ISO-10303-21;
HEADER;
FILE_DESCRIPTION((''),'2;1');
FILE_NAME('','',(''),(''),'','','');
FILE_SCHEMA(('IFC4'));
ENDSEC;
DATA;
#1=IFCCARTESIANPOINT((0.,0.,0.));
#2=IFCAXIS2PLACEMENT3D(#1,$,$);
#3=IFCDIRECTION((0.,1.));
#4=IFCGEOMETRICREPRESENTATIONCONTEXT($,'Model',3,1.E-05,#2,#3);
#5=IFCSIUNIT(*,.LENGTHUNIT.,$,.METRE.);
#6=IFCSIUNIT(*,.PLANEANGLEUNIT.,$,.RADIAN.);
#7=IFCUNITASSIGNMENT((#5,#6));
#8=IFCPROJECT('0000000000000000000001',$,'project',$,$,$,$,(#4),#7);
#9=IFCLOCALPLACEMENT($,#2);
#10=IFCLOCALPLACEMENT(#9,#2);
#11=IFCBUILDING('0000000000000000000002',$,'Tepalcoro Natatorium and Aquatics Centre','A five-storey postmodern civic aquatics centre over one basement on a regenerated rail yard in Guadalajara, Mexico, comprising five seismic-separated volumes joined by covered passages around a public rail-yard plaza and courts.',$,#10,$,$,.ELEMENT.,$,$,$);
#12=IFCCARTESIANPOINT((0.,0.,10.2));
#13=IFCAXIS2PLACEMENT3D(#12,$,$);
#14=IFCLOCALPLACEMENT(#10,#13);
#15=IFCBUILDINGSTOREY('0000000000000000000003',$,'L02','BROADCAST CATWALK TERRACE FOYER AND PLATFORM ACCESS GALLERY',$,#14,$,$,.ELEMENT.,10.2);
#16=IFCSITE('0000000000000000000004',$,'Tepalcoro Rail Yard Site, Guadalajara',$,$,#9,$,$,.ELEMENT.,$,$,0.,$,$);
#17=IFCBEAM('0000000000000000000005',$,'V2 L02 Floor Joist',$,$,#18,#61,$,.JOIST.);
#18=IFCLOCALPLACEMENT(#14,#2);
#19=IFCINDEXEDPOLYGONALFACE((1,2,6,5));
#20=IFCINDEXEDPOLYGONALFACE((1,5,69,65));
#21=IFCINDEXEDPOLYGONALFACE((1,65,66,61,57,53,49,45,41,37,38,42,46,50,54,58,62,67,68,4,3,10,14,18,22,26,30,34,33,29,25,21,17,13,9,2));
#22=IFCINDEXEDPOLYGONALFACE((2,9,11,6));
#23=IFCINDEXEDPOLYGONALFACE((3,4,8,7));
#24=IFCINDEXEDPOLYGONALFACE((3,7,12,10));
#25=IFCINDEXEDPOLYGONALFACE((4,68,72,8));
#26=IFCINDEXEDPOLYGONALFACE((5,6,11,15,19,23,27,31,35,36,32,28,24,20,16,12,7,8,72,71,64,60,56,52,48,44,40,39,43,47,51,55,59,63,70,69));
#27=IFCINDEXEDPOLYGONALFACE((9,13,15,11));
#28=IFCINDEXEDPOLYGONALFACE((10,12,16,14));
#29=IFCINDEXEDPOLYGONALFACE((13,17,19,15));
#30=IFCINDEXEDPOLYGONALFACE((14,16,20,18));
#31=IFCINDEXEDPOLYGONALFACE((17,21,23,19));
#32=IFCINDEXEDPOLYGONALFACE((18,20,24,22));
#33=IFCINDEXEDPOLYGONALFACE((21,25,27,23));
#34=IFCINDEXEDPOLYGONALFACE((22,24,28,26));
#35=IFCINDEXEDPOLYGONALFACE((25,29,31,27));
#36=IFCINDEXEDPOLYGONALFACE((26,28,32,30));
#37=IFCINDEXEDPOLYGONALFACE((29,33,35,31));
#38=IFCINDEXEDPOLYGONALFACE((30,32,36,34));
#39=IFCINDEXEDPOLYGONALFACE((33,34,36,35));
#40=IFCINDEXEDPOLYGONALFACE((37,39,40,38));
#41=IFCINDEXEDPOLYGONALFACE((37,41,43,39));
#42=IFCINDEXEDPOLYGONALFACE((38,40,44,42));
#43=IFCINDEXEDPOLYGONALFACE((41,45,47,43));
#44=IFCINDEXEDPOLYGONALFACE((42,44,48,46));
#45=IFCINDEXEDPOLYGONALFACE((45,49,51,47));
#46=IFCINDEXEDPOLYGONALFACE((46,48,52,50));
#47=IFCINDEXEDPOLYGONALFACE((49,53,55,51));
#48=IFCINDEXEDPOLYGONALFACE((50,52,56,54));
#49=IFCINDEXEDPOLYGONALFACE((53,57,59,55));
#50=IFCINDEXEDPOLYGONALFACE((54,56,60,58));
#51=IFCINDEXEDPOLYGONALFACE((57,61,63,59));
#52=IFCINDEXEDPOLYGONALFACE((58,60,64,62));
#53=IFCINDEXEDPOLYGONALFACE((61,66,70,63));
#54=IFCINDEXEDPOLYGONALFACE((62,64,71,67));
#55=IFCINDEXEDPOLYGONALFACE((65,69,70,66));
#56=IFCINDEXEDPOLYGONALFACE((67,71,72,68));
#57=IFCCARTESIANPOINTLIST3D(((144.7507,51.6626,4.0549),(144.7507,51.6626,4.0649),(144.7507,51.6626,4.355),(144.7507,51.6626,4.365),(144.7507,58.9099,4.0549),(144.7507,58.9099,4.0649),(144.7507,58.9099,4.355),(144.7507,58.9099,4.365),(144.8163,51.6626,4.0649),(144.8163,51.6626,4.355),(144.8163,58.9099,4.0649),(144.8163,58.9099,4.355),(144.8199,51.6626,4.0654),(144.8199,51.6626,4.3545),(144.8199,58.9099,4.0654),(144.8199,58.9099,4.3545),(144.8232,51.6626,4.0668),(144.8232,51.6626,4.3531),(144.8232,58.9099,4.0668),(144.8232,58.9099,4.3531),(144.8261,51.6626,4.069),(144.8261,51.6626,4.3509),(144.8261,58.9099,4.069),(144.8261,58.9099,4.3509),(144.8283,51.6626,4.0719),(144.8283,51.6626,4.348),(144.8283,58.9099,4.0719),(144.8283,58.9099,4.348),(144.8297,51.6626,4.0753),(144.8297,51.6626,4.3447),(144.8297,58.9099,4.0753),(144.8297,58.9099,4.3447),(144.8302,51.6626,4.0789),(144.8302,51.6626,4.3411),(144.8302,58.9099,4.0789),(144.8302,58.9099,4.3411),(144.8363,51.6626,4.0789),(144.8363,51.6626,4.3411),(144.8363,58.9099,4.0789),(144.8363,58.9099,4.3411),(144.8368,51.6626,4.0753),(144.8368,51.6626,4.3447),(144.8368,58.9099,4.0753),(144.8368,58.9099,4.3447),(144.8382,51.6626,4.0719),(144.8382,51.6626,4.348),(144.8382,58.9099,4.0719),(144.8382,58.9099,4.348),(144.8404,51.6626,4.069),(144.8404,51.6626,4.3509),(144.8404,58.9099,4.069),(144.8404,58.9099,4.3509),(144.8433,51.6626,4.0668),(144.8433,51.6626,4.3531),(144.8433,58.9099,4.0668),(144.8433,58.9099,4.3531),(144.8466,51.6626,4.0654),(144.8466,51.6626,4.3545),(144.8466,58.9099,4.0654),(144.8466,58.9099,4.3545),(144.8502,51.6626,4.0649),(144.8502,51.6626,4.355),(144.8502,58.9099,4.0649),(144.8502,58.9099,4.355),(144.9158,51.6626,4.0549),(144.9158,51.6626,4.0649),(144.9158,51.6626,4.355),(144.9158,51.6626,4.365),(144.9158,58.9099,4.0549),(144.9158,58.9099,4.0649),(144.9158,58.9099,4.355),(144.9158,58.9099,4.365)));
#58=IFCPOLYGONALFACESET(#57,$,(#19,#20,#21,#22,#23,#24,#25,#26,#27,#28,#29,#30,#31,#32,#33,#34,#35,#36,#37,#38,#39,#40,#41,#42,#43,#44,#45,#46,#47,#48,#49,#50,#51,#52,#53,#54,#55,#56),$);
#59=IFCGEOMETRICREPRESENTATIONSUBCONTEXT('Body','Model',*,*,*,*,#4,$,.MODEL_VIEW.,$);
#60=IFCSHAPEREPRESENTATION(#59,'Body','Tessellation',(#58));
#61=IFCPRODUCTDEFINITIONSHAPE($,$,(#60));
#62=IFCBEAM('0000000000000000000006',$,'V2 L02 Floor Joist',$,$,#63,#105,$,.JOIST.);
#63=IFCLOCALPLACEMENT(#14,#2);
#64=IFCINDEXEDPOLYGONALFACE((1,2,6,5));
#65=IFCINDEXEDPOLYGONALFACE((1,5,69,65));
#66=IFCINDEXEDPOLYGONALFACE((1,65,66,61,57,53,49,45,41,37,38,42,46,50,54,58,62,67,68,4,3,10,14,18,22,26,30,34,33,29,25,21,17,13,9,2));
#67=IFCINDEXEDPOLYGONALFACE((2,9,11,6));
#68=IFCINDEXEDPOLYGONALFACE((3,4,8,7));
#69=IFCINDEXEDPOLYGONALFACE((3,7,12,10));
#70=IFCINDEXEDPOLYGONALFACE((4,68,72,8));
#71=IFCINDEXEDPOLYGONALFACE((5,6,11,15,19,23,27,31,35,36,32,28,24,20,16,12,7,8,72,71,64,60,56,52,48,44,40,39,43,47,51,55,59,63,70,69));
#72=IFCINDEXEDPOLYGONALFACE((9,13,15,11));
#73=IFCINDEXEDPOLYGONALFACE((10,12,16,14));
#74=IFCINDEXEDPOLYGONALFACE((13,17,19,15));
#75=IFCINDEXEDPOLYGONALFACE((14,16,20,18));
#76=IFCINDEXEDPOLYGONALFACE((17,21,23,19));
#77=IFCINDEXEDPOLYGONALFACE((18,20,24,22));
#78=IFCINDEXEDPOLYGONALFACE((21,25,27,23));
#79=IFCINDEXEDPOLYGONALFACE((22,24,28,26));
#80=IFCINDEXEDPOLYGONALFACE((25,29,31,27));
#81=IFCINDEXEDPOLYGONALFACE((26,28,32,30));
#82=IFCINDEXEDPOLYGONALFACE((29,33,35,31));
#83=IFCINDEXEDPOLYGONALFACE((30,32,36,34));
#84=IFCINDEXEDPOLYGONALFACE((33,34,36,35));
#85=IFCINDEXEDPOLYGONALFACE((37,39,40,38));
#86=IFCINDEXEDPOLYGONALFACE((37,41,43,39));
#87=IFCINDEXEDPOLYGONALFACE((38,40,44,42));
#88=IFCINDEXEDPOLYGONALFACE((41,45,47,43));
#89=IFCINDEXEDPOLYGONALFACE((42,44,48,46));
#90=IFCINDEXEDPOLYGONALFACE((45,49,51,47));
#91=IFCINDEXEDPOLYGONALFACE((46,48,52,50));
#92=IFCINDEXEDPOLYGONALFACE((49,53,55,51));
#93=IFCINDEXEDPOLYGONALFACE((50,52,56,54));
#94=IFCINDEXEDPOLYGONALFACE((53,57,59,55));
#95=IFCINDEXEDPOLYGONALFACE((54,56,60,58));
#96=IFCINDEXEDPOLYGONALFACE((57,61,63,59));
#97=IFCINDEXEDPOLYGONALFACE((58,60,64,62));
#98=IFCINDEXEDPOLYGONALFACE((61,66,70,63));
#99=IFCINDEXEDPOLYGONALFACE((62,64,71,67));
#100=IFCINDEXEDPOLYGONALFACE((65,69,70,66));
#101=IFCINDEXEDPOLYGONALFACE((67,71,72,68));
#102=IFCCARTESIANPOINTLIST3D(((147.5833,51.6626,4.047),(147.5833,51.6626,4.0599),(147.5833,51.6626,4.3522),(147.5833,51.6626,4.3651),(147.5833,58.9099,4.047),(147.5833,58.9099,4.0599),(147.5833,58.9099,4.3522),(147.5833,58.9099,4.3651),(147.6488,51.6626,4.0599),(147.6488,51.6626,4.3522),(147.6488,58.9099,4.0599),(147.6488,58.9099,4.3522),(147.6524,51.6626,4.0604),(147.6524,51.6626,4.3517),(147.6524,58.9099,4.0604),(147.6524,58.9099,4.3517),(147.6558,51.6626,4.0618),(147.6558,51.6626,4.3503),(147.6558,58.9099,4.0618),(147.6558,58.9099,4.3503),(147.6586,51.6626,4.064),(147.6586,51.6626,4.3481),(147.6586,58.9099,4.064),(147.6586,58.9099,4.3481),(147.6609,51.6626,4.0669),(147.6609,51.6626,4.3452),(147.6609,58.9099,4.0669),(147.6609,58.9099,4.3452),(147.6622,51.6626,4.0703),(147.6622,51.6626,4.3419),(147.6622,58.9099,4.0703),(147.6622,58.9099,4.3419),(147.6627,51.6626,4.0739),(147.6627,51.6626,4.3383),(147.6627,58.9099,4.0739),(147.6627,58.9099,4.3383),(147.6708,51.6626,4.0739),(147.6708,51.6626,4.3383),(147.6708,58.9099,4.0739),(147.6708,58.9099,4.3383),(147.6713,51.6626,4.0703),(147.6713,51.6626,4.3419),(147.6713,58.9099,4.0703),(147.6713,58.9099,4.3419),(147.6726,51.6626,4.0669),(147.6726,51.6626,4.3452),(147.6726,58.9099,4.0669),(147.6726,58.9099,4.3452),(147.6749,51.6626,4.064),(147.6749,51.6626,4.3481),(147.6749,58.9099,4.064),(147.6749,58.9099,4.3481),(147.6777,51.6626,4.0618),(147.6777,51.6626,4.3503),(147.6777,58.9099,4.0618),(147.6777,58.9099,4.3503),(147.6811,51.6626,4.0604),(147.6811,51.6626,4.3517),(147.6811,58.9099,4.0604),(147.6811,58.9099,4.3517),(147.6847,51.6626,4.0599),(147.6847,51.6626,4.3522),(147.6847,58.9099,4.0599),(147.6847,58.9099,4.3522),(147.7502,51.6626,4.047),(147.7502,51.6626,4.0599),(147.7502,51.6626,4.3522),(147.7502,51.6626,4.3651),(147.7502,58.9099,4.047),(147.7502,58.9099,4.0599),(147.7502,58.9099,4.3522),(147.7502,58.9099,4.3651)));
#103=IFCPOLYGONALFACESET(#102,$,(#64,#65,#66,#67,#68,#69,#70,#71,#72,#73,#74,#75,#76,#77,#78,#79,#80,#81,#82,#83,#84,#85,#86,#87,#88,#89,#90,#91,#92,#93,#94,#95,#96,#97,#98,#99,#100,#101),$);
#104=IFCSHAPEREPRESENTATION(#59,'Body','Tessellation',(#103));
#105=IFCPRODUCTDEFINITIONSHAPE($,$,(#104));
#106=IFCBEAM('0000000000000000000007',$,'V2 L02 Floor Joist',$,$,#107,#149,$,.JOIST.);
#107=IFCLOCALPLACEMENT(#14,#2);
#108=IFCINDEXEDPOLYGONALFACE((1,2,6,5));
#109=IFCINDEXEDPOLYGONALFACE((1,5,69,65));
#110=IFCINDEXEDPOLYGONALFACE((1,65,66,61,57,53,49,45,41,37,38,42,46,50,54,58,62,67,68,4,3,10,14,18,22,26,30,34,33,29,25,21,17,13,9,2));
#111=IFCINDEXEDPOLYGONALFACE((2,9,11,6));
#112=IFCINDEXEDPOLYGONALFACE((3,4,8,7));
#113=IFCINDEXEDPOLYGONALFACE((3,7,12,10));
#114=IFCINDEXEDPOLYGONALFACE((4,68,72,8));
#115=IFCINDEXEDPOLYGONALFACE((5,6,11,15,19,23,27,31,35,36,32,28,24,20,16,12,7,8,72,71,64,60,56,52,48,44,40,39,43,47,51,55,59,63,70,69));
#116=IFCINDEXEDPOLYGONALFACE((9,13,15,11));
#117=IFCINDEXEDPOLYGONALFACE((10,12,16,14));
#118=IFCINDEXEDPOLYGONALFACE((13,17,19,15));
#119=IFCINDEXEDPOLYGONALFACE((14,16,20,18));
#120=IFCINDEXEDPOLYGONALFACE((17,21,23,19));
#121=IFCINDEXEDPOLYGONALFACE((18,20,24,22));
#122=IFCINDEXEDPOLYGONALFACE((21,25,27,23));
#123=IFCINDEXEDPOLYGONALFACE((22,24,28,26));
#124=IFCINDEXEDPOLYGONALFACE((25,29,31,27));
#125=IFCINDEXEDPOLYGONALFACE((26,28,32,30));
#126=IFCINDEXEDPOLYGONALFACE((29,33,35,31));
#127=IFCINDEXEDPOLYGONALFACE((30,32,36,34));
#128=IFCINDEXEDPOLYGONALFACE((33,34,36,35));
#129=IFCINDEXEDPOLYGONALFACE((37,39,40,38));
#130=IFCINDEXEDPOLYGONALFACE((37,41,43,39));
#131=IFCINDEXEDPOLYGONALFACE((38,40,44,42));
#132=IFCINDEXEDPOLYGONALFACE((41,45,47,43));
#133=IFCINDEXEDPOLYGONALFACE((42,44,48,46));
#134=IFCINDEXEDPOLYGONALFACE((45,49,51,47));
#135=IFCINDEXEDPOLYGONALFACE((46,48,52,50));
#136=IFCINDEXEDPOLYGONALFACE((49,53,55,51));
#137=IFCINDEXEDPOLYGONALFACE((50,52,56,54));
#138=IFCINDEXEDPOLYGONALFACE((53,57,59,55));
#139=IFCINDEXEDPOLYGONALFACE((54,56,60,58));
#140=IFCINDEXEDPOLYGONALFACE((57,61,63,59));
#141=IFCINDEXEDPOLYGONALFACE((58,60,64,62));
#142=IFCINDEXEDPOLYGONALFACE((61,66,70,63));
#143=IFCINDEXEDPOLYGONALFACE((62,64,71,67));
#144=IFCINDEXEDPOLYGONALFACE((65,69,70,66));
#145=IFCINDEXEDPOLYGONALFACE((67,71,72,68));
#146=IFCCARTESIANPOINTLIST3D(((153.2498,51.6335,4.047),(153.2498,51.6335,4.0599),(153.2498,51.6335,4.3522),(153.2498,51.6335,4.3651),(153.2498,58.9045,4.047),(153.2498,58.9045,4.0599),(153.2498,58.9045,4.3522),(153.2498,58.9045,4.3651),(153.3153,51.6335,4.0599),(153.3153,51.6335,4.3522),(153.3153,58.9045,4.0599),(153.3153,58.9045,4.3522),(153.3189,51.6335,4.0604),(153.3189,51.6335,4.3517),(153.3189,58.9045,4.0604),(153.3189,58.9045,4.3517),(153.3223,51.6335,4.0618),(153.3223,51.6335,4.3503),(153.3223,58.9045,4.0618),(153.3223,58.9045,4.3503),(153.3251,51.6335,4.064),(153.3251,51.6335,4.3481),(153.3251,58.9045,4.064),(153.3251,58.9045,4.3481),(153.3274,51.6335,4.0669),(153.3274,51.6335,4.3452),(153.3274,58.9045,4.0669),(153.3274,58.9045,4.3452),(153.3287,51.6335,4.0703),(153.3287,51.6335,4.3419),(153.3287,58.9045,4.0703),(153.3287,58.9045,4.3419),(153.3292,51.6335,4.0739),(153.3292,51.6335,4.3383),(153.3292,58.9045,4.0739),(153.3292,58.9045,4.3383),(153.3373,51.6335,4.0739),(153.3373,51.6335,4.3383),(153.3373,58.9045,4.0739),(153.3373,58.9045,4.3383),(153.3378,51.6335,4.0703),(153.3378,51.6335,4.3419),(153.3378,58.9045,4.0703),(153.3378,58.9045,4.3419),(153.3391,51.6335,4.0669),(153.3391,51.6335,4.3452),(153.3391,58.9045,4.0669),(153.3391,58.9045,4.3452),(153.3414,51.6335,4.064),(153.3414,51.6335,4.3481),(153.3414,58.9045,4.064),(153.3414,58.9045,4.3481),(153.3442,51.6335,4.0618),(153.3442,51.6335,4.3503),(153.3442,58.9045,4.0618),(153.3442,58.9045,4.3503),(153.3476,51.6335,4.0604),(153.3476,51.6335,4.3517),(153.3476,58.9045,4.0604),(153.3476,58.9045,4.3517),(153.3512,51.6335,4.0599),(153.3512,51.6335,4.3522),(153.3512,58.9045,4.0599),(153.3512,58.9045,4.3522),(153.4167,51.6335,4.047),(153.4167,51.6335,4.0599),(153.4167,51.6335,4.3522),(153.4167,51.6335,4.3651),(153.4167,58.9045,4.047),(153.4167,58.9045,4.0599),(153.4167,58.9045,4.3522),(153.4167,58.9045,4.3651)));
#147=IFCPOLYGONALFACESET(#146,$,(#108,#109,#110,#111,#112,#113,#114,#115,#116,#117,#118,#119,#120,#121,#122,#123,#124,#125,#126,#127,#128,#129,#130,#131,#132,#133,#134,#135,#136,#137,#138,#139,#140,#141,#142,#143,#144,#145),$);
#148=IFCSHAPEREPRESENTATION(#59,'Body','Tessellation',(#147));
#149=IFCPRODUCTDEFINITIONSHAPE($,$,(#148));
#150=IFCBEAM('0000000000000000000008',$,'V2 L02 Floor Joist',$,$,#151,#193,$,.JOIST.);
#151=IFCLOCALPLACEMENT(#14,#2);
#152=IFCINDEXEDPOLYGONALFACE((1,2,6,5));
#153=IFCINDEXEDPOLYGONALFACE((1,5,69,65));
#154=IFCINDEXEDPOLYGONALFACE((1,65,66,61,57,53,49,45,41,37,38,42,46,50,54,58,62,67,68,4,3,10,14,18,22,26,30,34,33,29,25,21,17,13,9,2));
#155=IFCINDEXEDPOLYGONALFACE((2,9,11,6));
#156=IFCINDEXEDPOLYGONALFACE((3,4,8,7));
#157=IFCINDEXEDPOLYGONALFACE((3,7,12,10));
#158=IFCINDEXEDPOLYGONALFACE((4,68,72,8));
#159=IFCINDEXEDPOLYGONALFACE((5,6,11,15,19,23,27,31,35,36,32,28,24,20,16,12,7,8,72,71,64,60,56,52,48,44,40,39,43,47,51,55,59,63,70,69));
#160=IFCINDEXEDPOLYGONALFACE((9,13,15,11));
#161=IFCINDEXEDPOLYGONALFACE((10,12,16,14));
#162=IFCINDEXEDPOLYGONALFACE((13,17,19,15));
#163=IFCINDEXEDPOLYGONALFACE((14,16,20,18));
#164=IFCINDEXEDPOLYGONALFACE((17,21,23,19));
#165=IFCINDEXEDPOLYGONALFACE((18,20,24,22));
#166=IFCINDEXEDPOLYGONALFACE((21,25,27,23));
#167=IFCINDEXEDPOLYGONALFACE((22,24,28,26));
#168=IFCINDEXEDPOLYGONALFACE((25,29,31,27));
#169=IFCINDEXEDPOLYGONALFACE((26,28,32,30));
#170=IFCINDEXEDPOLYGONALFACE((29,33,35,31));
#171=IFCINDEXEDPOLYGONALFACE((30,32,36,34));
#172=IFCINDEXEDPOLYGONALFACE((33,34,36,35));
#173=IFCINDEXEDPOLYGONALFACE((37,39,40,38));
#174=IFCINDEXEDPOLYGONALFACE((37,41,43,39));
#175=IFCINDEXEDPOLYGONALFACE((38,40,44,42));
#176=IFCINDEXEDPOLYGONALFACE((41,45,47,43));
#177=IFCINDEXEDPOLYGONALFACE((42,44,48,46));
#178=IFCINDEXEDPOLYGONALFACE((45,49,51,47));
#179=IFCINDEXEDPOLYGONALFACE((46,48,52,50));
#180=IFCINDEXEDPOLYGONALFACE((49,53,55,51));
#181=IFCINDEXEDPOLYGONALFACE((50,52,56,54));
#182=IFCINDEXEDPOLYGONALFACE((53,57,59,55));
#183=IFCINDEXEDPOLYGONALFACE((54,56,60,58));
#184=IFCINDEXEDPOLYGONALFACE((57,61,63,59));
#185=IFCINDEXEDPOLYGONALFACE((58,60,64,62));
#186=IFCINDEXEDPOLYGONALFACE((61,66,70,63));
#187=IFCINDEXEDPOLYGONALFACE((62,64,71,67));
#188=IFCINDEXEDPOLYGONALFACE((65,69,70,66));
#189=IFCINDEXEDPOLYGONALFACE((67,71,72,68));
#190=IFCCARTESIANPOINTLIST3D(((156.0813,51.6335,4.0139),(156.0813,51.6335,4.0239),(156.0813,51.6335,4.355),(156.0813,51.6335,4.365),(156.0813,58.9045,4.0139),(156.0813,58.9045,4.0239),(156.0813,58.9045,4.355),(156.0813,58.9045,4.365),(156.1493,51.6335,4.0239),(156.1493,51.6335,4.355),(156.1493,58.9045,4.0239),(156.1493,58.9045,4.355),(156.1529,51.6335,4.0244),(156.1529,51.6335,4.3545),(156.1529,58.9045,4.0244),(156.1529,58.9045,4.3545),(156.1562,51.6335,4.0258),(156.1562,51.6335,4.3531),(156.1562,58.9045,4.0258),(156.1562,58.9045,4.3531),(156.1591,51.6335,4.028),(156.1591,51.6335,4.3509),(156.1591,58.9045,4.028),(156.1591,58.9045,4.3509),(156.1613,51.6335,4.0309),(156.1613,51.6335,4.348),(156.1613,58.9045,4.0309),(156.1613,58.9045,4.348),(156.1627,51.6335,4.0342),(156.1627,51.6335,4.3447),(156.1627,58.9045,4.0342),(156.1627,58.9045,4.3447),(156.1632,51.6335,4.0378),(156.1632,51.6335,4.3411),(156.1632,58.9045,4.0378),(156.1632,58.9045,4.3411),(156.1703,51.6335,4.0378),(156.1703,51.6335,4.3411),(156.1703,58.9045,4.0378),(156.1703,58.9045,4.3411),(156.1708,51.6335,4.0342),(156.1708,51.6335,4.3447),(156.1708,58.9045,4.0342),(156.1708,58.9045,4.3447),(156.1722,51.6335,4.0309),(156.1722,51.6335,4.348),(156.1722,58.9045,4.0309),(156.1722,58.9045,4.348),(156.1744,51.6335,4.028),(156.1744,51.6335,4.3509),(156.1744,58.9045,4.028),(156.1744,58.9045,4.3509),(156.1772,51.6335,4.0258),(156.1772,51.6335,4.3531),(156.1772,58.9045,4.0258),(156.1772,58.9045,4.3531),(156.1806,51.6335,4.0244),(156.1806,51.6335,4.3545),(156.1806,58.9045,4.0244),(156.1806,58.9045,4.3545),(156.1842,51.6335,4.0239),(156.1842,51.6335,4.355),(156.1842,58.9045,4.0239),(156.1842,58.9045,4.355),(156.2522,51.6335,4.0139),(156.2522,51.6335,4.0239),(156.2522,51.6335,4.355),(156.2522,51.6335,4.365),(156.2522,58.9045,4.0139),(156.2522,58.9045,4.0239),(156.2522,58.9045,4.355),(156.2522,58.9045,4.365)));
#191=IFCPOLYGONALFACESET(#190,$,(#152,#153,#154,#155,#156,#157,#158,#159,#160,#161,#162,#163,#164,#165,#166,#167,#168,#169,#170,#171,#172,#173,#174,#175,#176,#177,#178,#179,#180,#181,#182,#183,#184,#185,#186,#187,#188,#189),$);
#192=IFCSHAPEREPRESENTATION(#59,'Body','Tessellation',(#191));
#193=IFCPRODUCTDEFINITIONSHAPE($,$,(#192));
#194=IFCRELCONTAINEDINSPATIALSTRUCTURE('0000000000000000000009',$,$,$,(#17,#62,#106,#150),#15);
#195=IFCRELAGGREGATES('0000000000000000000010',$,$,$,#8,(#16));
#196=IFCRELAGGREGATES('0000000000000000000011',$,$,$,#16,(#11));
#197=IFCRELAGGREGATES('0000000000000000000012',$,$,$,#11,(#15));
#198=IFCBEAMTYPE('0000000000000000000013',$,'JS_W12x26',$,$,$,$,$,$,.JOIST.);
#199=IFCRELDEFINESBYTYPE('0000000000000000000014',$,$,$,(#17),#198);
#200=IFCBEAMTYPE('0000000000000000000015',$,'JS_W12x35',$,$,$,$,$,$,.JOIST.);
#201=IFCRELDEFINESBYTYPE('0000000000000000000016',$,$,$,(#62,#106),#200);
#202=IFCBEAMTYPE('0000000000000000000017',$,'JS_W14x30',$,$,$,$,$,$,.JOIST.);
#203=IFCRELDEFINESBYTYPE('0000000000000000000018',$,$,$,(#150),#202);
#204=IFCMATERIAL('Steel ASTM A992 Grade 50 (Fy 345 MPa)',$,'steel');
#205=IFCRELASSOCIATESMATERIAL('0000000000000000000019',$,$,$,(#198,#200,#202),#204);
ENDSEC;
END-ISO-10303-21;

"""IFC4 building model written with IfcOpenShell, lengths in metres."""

from ifc_helpers import new_model, si_unit, direction, frame, origin, origin_2d, place, context, subcontext, project, spatial, i_section, extrude, material, material_profile, profile_set, type_object, element, save


model = new_model("IFC4")

# Units and contexts
model_context = context("Model", 3, precision=1e-05, world=origin(), true_north=direction((0.0, 1.0)))
body_context = subcontext(model_context, "Body", "Model", "MODEL_VIEW")
ifc_project = project(units=[si_unit("LENGTHUNIT", "METRE"), si_unit("PLANEANGLEUNIT", "RADIAN")], contexts=[model_context])

# Site, building, storey
site_placement = place(None, origin())
site = spatial("IfcSite", under=ifc_project, at=site_placement, Name="Tepalcoro Rail Yard Site, Guadalajara", CompositionType="ELEMENT", RefElevation=0.0)
building_placement = place(site_placement, origin())
building = spatial("IfcBuilding", under=site, at=building_placement, Name="Tepalcoro Natatorium and Aquatics Centre", Description="A five-storey postmodern civic aquatics centre over one basement on a regenerated rail yard in Guadalajara, Mexico, comprising five seismic-separated volumes joined by covered passages around a public rail-yard plaza and courts.", CompositionType="ELEMENT")
storey_placement = place(building_placement, frame((0.0, 0.0, 10.2)))
storey = spatial("IfcBuildingStorey", under=building, at=storey_placement, Name="L02", Description="BROADCAST CATWALK TERRACE FOYER AND PLATFORM ACCESS GALLERY", CompositionType="ELEMENT", Elevation=10.2)

# Beams
ifc_material_1 = material(Name="Steel ASTM A992 Grade 50 (Fy 345 MPa)", Category="steel")
ifc_material_profile_1 = material_profile(ifc_material_1, i_section(OverallWidth=0.165, OverallDepth=0.3101, WebThickness=0.0061, FlangeThickness=0.01, FilletRadius=0.0139, at=origin_2d()), Name="W12X26")
ifc_profile_set_1 = profile_set([ifc_material_profile_1], Name="Steel ASTM A992 Grade 50 (Fy 345 MPa)")
beam_type_1 = type_object("IfcBeamType", Name="JS_W12x26", PredefinedType="JOIST", material=ifc_profile_set_1)
beam_1_placement = place(storey_placement, frame((144.8333, 51.6626, 4.21), z_axis=(0.0, 1.0, 0.0), x_axis=(-1.0, 0.0, 0.0)))
element("IfcBeam", 1, at=beam_1_placement, inside=storey, type_object=beam_type_1, Name="V2 L02 Floor Joist", PredefinedType="JOIST", context=body_context, shape_type="SweptSolid", body=[
    extrude(i_section(OverallWidth=0.165, OverallDepth=0.3101, WebThickness=0.0061, FlangeThickness=0.01, FilletRadius=0.0139, at=origin_2d()), origin(), (0.0, 0.0, 1.0), 7.2473),
])
ifc_material_profile_2 = material_profile(ifc_material_1, i_section(OverallWidth=0.167, OverallDepth=0.3181, WebThickness=0.0081, FlangeThickness=0.0129, FilletRadius=0.0139, at=origin_2d()), Name="W12X35")
ifc_profile_set_2 = profile_set([ifc_material_profile_2], Name="Steel ASTM A992 Grade 50 (Fy 345 MPa)")
beam_type_2 = type_object("IfcBeamType", Name="JS_W12x35", PredefinedType="JOIST", material=ifc_profile_set_2)
beam_2_placement = place(storey_placement, frame((147.6667, 51.6626, 4.2061), z_axis=(0.0, 1.0, 0.0), x_axis=(-1.0, 0.0, 0.0)))
element("IfcBeam", 2, at=beam_2_placement, inside=storey, type_object=beam_type_2, Name="V2 L02 Floor Joist", PredefinedType="JOIST", context=body_context, shape_type="SweptSolid", body=[
    extrude(i_section(OverallWidth=0.167, OverallDepth=0.3181, WebThickness=0.0081, FlangeThickness=0.0129, FilletRadius=0.0139, at=origin_2d()), origin(), (0.0, 0.0, 1.0), 7.2473),
])
beam_3_placement = place(storey_placement, frame((153.3333, 51.6335, 4.2061), z_axis=(0.0, 1.0, 0.0), x_axis=(-1.0, 0.0, 0.0)))
element("IfcBeam", 3, at=beam_3_placement, inside=storey, type_object=beam_type_2, Name="V2 L02 Floor Joist", PredefinedType="JOIST", context=body_context, shape_type="SweptSolid", body=[
    extrude(i_section(OverallWidth=0.167, OverallDepth=0.3181, WebThickness=0.0081, FlangeThickness=0.0129, FilletRadius=0.0139, at=origin_2d()), origin(), (0.0, 0.0, 1.0), 7.271),
])
ifc_material_profile_3 = material_profile(ifc_material_1, i_section(OverallWidth=0.1709, OverallDepth=0.3511, WebThickness=0.0071, FlangeThickness=0.01, FilletRadius=0.0139, at=origin_2d()), Name="W14X30")
ifc_profile_set_3 = profile_set([ifc_material_profile_3], Name="Steel ASTM A992 Grade 50 (Fy 345 MPa)")
beam_type_3 = type_object("IfcBeamType", Name="JS_W14x30", PredefinedType="JOIST", material=ifc_profile_set_3)
beam_4_placement = place(storey_placement, frame((156.1667, 51.6335, 4.1895), z_axis=(0.0, 1.0, 0.0), x_axis=(-1.0, 0.0, 0.0)))
element("IfcBeam", 4, at=beam_4_placement, inside=storey, type_object=beam_type_3, Name="V2 L02 Floor Joist", PredefinedType="JOIST", context=body_context, shape_type="SweptSolid", body=[
    extrude(i_section(OverallWidth=0.1709, OverallDepth=0.3511, WebThickness=0.0071, FlangeThickness=0.01, FilletRadius=0.0139, at=origin_2d()), origin(), (0.0, 0.0, 1.0), 7.271),
])

save(model, "model.ifc")
